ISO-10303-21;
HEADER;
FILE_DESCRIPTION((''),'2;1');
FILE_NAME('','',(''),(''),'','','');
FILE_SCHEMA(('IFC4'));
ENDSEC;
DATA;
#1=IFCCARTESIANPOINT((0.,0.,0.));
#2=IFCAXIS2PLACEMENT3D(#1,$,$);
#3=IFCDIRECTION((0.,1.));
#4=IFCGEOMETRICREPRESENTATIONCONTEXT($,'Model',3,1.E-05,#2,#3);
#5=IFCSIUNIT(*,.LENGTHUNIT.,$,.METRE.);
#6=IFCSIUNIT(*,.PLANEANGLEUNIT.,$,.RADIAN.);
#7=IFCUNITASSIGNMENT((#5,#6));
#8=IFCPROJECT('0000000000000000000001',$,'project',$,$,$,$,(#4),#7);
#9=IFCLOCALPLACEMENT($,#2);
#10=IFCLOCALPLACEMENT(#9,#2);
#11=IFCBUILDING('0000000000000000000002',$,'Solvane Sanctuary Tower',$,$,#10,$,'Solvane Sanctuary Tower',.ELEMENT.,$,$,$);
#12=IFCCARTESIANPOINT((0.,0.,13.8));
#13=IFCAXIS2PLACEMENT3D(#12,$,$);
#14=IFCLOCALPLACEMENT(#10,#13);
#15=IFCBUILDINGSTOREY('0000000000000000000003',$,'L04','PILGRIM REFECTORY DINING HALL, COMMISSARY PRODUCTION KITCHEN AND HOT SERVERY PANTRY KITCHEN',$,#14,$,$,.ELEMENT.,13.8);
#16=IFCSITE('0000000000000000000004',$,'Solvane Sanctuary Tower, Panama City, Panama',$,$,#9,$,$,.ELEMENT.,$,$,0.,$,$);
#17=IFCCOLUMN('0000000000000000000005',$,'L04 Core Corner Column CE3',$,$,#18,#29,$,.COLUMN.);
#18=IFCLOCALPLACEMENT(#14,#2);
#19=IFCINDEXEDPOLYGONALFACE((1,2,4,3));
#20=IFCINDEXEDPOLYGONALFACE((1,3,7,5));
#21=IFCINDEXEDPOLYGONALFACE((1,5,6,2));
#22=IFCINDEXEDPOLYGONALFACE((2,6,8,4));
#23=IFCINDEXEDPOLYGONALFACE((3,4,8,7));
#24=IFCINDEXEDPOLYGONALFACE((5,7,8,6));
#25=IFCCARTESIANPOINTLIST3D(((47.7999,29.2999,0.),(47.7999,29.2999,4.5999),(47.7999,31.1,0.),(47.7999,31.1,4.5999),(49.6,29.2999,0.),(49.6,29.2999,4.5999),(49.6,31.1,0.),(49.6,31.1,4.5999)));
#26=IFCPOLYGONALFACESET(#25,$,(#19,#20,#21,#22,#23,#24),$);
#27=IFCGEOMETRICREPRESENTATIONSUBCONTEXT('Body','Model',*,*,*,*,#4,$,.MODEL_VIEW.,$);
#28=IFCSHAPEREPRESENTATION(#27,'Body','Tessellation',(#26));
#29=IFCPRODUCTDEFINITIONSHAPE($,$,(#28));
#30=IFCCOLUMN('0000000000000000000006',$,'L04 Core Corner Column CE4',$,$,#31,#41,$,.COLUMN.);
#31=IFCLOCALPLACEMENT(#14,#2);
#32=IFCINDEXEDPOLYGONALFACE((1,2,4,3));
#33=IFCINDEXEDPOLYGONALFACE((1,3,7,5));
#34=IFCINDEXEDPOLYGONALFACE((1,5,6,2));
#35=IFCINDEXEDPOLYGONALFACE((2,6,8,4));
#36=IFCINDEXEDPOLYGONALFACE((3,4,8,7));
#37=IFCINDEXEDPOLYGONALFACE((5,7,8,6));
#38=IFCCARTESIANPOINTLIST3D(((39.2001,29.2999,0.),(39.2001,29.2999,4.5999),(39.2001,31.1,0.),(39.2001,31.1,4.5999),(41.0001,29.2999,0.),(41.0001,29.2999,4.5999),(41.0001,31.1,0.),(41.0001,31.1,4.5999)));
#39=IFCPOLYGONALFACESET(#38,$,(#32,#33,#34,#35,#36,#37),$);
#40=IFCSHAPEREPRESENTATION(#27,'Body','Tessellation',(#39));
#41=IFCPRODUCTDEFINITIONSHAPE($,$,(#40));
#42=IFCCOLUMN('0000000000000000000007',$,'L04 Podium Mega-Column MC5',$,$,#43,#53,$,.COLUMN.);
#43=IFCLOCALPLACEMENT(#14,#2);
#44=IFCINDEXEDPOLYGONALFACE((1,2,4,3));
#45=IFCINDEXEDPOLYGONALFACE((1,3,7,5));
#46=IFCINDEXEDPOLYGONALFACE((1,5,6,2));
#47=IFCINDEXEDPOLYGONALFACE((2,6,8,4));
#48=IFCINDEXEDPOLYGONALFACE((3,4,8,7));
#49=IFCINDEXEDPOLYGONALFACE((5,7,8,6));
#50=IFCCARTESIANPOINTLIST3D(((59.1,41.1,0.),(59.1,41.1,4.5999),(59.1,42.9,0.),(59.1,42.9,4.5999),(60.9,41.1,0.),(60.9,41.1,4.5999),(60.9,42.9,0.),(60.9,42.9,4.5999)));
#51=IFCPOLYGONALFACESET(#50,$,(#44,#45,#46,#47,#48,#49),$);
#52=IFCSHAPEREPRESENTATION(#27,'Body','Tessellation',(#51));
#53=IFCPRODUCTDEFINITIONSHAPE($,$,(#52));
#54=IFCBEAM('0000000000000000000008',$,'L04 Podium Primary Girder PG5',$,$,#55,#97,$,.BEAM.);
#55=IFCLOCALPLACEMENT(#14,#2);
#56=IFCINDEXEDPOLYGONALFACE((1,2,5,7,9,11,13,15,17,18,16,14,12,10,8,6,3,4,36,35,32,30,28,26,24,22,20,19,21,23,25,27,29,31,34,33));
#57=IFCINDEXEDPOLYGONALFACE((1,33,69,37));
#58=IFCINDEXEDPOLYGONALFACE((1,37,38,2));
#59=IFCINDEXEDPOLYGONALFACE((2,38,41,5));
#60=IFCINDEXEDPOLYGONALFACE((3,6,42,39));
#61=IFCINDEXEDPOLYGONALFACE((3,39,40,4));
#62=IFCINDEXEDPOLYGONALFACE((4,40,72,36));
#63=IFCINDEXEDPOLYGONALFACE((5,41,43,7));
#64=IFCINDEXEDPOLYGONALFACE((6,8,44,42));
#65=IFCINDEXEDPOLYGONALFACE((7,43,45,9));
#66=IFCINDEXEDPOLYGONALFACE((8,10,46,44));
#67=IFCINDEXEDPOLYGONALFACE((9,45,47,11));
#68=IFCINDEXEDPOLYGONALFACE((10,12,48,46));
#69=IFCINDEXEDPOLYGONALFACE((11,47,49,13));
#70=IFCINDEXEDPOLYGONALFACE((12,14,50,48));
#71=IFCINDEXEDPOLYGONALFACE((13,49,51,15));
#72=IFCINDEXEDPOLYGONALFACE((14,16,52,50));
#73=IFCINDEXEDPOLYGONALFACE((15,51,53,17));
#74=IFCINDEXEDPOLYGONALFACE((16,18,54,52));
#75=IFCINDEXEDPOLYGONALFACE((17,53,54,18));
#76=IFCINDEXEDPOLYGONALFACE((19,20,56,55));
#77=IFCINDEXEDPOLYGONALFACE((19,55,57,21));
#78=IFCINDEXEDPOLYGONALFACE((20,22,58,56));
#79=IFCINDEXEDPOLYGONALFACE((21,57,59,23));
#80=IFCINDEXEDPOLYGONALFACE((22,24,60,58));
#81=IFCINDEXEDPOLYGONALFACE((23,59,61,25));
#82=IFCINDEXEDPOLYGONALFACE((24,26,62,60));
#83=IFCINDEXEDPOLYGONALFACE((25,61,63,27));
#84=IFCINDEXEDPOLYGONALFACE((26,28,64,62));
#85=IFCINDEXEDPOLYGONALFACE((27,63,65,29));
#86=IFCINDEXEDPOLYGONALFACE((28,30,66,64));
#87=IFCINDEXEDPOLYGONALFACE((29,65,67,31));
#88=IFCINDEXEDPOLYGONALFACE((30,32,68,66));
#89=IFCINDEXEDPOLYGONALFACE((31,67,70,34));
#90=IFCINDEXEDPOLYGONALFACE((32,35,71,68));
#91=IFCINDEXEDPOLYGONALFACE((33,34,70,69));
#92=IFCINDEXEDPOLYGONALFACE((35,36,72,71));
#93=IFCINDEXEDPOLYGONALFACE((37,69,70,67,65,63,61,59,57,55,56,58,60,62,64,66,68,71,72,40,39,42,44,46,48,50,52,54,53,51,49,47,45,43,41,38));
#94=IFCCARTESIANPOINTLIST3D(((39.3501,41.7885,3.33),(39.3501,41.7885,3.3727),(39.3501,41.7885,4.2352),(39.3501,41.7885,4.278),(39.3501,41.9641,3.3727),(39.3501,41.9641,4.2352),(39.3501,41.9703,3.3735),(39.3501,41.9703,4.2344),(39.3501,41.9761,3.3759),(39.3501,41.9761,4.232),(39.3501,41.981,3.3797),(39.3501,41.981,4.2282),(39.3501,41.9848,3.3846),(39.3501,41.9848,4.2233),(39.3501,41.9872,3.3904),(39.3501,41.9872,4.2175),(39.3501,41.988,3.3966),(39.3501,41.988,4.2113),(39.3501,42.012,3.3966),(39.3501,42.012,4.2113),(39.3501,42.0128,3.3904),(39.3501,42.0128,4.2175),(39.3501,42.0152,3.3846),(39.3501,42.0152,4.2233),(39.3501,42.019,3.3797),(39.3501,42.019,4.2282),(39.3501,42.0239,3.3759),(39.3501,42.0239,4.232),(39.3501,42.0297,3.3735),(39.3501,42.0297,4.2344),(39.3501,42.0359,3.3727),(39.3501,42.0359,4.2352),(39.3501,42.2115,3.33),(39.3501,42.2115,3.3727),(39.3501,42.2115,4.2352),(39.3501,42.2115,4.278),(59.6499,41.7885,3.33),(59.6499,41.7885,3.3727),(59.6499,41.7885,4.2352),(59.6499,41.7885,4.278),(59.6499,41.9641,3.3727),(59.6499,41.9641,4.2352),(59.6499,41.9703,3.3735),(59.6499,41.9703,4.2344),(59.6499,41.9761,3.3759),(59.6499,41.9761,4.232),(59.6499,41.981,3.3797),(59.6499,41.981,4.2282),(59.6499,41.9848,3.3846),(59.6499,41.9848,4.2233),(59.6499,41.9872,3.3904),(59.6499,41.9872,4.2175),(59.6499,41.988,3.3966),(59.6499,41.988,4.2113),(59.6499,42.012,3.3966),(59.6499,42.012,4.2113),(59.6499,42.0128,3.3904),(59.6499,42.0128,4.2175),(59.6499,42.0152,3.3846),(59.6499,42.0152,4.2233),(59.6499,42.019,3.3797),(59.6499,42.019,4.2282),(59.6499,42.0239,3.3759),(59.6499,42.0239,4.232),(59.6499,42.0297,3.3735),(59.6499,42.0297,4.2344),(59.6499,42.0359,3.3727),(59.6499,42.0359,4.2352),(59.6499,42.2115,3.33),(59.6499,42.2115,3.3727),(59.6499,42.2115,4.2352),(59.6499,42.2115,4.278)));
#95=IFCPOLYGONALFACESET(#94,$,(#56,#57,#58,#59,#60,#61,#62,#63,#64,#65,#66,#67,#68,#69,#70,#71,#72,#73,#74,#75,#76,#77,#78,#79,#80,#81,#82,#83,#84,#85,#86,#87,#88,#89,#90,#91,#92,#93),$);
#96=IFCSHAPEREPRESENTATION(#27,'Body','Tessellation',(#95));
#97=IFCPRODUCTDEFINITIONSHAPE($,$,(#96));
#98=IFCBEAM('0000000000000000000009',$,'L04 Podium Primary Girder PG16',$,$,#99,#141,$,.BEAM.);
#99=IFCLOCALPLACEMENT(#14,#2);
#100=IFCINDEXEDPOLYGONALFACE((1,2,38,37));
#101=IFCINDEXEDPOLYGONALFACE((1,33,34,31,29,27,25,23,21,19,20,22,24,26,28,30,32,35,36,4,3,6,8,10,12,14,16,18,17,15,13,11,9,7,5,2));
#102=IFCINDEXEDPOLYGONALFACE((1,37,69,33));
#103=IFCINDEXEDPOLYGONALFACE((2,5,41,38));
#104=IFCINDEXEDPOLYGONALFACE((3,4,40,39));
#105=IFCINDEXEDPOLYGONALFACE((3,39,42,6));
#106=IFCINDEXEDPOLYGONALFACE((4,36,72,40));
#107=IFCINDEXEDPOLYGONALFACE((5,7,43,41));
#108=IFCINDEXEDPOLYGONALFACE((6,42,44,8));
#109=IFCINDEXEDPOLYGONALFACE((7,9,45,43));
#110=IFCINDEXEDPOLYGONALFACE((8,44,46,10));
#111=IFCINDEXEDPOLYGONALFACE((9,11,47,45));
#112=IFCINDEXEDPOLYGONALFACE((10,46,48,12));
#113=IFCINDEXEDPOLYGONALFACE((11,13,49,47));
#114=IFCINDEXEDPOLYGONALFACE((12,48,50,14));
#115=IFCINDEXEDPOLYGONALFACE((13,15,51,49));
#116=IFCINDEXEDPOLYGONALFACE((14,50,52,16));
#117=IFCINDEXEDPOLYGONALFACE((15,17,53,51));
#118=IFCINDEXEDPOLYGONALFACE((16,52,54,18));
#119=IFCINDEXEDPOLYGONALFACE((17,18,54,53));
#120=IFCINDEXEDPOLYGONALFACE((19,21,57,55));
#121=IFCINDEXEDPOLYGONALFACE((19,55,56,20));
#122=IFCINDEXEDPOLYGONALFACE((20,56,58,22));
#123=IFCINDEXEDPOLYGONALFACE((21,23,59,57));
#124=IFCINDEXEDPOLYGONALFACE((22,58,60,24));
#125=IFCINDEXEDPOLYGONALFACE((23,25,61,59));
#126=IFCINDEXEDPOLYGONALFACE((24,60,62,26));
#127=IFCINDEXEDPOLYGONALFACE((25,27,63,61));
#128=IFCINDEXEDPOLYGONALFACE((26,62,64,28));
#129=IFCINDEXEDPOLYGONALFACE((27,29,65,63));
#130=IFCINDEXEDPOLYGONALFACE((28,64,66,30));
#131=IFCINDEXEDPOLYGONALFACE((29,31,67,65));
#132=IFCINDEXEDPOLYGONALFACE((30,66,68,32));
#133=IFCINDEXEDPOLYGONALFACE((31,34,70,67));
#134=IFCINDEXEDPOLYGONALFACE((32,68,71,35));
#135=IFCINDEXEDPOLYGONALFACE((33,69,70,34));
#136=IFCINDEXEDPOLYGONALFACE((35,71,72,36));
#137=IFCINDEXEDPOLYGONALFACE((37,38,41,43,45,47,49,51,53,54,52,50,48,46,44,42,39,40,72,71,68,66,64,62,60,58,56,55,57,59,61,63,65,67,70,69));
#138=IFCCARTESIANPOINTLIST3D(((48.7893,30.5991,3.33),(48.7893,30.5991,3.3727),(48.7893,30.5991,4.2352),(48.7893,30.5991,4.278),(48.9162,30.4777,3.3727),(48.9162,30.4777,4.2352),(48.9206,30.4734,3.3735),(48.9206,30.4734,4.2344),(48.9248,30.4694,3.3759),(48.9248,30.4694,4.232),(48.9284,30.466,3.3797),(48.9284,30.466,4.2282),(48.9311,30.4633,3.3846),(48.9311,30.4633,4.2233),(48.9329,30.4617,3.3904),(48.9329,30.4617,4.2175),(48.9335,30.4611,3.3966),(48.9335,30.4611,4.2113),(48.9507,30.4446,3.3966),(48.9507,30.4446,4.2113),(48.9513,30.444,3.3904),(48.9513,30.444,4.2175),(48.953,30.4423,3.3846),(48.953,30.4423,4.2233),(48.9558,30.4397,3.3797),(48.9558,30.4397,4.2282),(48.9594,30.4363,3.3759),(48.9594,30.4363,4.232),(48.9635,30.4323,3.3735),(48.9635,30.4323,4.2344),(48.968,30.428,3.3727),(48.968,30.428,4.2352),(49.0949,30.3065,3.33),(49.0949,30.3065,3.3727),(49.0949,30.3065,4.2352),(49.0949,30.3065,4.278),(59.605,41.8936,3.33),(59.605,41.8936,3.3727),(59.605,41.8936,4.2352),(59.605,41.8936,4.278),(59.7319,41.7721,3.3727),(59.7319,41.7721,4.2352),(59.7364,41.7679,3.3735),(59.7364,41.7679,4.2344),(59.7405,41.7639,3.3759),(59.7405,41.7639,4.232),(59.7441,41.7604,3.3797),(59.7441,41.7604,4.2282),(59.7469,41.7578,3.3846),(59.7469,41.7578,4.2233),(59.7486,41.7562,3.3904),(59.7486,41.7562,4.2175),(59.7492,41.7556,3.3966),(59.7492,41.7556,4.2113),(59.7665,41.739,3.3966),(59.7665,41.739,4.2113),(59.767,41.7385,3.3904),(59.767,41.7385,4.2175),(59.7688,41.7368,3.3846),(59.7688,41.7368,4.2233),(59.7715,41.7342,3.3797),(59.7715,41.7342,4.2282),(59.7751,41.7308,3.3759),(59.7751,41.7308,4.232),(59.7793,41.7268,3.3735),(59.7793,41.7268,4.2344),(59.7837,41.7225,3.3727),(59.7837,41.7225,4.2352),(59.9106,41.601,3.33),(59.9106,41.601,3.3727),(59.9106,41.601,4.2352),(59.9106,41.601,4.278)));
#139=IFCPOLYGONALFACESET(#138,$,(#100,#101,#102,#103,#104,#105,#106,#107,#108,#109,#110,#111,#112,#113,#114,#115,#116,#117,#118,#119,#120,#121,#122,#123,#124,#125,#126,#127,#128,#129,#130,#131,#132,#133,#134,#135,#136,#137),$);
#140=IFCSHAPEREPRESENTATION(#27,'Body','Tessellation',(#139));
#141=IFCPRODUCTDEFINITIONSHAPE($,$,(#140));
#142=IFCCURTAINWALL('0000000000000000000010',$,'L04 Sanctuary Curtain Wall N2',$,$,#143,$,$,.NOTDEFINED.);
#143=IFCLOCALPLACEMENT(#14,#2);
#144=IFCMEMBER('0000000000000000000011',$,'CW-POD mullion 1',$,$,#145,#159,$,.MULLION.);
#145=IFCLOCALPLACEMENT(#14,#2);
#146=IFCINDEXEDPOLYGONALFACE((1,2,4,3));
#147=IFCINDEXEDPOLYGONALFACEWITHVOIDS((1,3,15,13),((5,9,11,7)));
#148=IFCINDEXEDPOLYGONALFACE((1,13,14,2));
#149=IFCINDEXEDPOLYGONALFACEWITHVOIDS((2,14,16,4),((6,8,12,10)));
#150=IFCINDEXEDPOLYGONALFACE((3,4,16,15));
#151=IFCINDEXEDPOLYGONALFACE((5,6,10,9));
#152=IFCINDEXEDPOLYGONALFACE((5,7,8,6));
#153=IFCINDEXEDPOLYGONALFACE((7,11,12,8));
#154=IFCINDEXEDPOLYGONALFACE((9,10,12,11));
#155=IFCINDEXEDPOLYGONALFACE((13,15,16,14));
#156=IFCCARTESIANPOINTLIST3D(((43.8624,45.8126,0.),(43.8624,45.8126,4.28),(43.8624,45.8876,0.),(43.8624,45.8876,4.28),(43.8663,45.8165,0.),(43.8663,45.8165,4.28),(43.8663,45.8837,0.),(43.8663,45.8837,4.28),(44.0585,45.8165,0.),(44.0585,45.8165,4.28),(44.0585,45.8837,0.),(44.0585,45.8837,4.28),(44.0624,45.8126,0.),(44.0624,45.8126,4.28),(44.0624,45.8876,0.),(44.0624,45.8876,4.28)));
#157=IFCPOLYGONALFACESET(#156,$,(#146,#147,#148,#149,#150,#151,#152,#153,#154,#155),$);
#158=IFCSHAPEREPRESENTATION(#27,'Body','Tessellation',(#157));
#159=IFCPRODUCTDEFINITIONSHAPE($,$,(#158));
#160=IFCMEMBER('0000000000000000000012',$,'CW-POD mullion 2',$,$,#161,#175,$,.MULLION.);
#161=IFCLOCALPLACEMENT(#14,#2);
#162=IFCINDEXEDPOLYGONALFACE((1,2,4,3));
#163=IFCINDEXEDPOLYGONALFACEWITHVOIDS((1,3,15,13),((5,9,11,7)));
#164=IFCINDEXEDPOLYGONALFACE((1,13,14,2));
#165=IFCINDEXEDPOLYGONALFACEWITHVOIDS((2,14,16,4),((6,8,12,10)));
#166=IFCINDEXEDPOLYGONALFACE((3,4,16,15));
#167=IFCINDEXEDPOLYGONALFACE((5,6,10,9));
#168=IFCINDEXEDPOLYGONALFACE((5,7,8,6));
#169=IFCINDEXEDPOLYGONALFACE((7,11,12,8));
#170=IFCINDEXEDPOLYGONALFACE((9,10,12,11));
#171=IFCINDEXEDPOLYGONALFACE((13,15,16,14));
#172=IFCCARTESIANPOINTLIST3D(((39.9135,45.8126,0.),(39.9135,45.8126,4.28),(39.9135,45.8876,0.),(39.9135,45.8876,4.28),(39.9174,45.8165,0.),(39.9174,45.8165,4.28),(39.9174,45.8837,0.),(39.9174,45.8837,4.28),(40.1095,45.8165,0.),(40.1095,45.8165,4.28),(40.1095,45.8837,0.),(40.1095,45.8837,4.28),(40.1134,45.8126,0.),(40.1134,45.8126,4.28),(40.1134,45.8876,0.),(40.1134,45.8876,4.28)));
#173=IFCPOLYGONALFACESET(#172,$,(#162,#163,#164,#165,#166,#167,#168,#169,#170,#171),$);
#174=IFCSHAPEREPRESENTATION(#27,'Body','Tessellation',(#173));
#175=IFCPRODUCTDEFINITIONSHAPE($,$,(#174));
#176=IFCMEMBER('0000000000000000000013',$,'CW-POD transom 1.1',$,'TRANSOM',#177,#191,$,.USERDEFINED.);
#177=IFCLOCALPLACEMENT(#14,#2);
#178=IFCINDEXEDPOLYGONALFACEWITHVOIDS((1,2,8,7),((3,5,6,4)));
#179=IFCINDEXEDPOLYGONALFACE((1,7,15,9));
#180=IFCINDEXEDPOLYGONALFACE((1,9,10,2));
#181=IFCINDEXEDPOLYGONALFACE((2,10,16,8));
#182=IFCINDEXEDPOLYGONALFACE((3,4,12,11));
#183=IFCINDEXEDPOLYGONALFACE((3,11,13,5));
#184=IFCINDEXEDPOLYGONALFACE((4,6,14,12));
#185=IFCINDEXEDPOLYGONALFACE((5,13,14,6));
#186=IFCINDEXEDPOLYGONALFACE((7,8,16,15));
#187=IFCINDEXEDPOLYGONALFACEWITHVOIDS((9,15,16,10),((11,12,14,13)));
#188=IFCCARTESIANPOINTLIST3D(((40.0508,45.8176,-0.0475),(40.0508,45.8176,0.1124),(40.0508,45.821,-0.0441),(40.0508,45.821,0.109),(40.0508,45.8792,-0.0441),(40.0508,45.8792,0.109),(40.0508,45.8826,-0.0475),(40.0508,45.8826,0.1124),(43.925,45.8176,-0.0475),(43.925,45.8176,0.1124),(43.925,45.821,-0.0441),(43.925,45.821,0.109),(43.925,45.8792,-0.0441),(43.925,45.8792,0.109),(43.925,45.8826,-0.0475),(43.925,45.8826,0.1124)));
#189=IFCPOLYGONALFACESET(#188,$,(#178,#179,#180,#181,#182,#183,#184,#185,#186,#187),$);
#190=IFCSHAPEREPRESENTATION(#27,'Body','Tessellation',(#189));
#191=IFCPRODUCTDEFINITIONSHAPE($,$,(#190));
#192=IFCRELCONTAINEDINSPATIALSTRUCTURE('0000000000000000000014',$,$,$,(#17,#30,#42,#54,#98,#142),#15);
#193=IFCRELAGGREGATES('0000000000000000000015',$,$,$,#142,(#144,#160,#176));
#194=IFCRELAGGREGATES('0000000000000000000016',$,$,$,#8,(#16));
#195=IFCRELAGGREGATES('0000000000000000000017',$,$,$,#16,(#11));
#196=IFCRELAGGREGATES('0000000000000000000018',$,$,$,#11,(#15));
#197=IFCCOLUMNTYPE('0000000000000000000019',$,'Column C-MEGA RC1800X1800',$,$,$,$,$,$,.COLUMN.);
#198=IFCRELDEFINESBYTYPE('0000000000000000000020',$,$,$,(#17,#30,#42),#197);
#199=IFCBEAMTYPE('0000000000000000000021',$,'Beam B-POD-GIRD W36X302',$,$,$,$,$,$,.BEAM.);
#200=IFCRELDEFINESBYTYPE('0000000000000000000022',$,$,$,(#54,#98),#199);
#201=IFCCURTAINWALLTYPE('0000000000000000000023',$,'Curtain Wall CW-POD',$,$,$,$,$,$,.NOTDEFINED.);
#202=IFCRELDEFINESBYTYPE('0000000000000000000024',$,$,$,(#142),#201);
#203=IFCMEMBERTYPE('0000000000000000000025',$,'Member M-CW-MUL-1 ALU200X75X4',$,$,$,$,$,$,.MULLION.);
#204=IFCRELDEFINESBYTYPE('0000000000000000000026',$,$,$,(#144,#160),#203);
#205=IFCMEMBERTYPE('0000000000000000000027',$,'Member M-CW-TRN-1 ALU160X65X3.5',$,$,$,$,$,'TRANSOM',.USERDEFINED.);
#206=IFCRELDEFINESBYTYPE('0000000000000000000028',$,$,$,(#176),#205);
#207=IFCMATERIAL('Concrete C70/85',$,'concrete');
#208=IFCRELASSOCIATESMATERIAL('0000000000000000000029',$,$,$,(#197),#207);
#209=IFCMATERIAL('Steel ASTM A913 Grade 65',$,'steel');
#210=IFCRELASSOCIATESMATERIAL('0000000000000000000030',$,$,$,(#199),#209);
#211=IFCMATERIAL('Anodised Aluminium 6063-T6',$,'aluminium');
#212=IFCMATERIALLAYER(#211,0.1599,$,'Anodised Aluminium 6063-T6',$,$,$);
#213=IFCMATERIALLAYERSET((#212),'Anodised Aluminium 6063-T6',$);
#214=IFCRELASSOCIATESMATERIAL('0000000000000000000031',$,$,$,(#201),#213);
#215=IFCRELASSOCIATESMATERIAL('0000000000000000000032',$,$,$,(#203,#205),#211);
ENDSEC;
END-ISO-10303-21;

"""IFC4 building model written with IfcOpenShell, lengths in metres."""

from ifc_helpers import new_model, si_unit, direction, frame, origin, origin_2d, place, context, subcontext, project, spatial, rectangle, hollow_rectangle, i_section, extrude, material, layer, layer_set, material_profile, profile_set, type_object, element, aggregate, save


model = new_model("IFC4")

# Units and contexts
model_context = context("Model", 3, precision=1e-05, world=origin(), true_north=direction((0.0, 1.0)))
body_context = subcontext(model_context, "Body", "Model", "MODEL_VIEW")
ifc_project = project(units=[si_unit("LENGTHUNIT", "METRE"), si_unit("PLANEANGLEUNIT", "RADIAN")], contexts=[model_context])

# Site, building, storey
site_placement = place(None, origin())
site = spatial("IfcSite", under=ifc_project, at=site_placement, Name="Solvane Sanctuary Tower, Panama City, Panama", CompositionType="ELEMENT", RefElevation=0.0)
building_placement = place(site_placement, origin())
building = spatial("IfcBuilding", under=site, at=building_placement, Name="Solvane Sanctuary Tower", LongName="Solvane Sanctuary Tower", CompositionType="ELEMENT")
storey_placement = place(building_placement, frame((0.0, 0.0, 13.8)))
storey = spatial("IfcBuildingStorey", under=building, at=storey_placement, Name="L04", Description="PILGRIM REFECTORY DINING HALL, COMMISSARY PRODUCTION KITCHEN AND HOT SERVERY PANTRY KITCHEN", CompositionType="ELEMENT", Elevation=13.8)

# Columns
ifc_material_1 = material(Name="Concrete C70/85", Category="concrete")
ifc_material_profile_1 = material_profile(ifc_material_1, rectangle(XDim=1.8, YDim=1.8, at=origin_2d()), Name="RC1800X1800")
ifc_profile_set_1 = profile_set([ifc_material_profile_1], Name="Concrete C70/85")
column_type = type_object("IfcColumnType", Name="Column C-MEGA RC1800X1800", PredefinedType="COLUMN", material=ifc_profile_set_1)
for number, where, z_axis, x_axis, name in (
    (1, (48.7, 30.2, 0.0), (0.0, 0.0, 1.0), (1.0, 0.0, 0.0), "L04 Core Corner Column CE3"),
    (2, (40.1001, 30.2, 0.0), (0.0, 0.0, 1.0), (1.0, 0.0, 0.0), "L04 Core Corner Column CE4"),
    (3, (60.0, 42.0, 0.0), (0.0, 0.0, 1.0), (1.0, 0.0, 0.0), "L04 Podium Mega-Column MC5"),
):
    element("IfcColumn", number, at=place(storey_placement, frame(where, z_axis=z_axis, x_axis=x_axis)), inside=storey, type_object=column_type, Name=name, PredefinedType="COLUMN", context=body_context, shape_type="SweptSolid", body=[
        extrude(rectangle(XDim=1.8, YDim=1.8, at=origin_2d()), origin(), (0.0, 0.0, 1.0), 4.5999),
    ])

# Beams
ifc_material_2 = material(Name="Steel ASTM A913 Grade 65", Category="steel")
ifc_material_profile_2 = material_profile(ifc_material_2, i_section(OverallWidth=0.4231, OverallDepth=0.948, WebThickness=0.0239, FlangeThickness=0.0427, FilletRadius=0.0239, at=origin_2d()), Name="W36X302")
ifc_profile_set_2 = profile_set([ifc_material_profile_2], Name="Steel ASTM A913 Grade 65")
beam_type = type_object("IfcBeamType", Name="Beam B-POD-GIRD W36X302", PredefinedType="BEAM", material=ifc_profile_set_2)
beam_1_placement = place(storey_placement, frame((59.6499, 42.0, 3.804), z_axis=(-1.0, 0.0, 0.0), x_axis=(0.0, -1.0, 0.0)))
element("IfcBeam", 4, at=beam_1_placement, inside=storey, type_object=beam_type, Name="L04 Podium Primary Girder PG5", PredefinedType="BEAM", context=body_context, shape_type="SweptSolid", body=[
    extrude(i_section(OverallWidth=0.4231, OverallDepth=0.948, WebThickness=0.0239, FlangeThickness=0.0427, FilletRadius=0.0239, at=origin_2d()), origin(), (0.0, 0.0, 1.0), 20.2998),
])
beam_2_placement = place(storey_placement, frame((59.7578, 41.7473, 3.804), z_axis=(-0.691633, -0.722249, 0.0), x_axis=(0.722249, -0.691633, 0.0)))
element("IfcBeam", 5, at=beam_2_placement, inside=storey, type_object=beam_type, Name="L04 Podium Primary Girder PG16", PredefinedType="BEAM", context=body_context, shape_type="SweptSolid", body=[
    extrude(i_section(OverallWidth=0.4231, OverallDepth=0.948, WebThickness=0.0239, FlangeThickness=0.0427, FilletRadius=0.0239, at=origin_2d()), origin(), (0.0, 0.0, 1.0), 15.6379),
])

# Curtain wall, members
ifc_material_3 = material(Name="Anodised Aluminium 6063-T6", Category="aluminium")
ifc_layer_1 = layer(ifc_material_3, 0.1599, Name="Anodised Aluminium 6063-T6")
ifc_layer_set_1 = layer_set([ifc_layer_1], Name="Anodised Aluminium 6063-T6")
curtain_wall_type = type_object("IfcCurtainWallType", Name="Curtain Wall CW-POD", PredefinedType="NOTDEFINED", material=ifc_layer_set_1)
curtain_wall_placement = place(storey_placement, origin())
curtain_wall = element("IfcCurtainWall", 6, at=curtain_wall_placement, inside=storey, type_object=curtain_wall_type, Name="L04 Sanctuary Curtain Wall N2", PredefinedType="NOTDEFINED")
ifc_material_profile_3 = material_profile(ifc_material_3, hollow_rectangle(XDim=0.075, YDim=0.2, WallThickness=0.0039, at=origin_2d()), Name="ALU200X75X4")
ifc_profile_set_3 = profile_set([ifc_material_profile_3], Name="Anodised Aluminium 6063-T6")
member_type_1 = type_object("IfcMemberType", Name="Member M-CW-MUL-1 ALU200X75X4", PredefinedType="MULLION", material=ifc_profile_set_3)
member_1_placement = place(storey_placement, frame((43.9624, 45.8501, 0.0), z_axis=(0.0, 0.0, 1.0), x_axis=(0.0, -1.0, 0.0)))
member_1 = element("IfcMember", 7, at=member_1_placement, type_object=member_type_1, Name="CW-POD mullion 1", PredefinedType="MULLION", context=body_context, shape_type="SweptSolid", body=[
    extrude(hollow_rectangle(XDim=0.075, YDim=0.2, WallThickness=0.0039, at=origin_2d()), origin(), (0.0, 0.0, 1.0), 4.28),
])
member_2_placement = place(storey_placement, frame((40.0134, 45.8501, 0.0), z_axis=(0.0, 0.0, 1.0), x_axis=(0.0, -1.0, 0.0)))
member_2 = element("IfcMember", 8, at=member_2_placement, type_object=member_type_1, Name="CW-POD mullion 2", PredefinedType="MULLION", context=body_context, shape_type="SweptSolid", body=[
    extrude(hollow_rectangle(XDim=0.075, YDim=0.2, WallThickness=0.0039, at=origin_2d()), origin(), (0.0, 0.0, 1.0), 4.28),
])
ifc_material_profile_4 = material_profile(ifc_material_3, hollow_rectangle(XDim=0.0649, YDim=0.1599, WallThickness=0.0034, at=origin_2d()), Name="ALU160X65X3.5")
ifc_profile_set_4 = profile_set([ifc_material_profile_4], Name="Anodised Aluminium 6063-T6")
member_type_2 = type_object("IfcMemberType", Name="Member M-CW-TRN-1 ALU160X65X3.5", ElementType="TRANSOM", PredefinedType="USERDEFINED", material=ifc_profile_set_4)
member_3_placement = place(storey_placement, frame((43.925, 45.8501, 0.0325), z_axis=(-1.0, 0.0, 0.0), x_axis=(0.0, -1.0, 0.0)))
member_3 = element("IfcMember", 9, at=member_3_placement, type_object=member_type_2, Name="CW-POD transom 1.1", ObjectType="TRANSOM", PredefinedType="USERDEFINED", context=body_context, shape_type="SweptSolid", body=[
    extrude(hollow_rectangle(XDim=0.0649, YDim=0.1599, WallThickness=0.0034, at=origin_2d()), origin(), (0.0, 0.0, 1.0), 3.8743),
])
aggregate(curtain_wall, [member_1, member_2, member_3])

save(model, "model.ifc")
